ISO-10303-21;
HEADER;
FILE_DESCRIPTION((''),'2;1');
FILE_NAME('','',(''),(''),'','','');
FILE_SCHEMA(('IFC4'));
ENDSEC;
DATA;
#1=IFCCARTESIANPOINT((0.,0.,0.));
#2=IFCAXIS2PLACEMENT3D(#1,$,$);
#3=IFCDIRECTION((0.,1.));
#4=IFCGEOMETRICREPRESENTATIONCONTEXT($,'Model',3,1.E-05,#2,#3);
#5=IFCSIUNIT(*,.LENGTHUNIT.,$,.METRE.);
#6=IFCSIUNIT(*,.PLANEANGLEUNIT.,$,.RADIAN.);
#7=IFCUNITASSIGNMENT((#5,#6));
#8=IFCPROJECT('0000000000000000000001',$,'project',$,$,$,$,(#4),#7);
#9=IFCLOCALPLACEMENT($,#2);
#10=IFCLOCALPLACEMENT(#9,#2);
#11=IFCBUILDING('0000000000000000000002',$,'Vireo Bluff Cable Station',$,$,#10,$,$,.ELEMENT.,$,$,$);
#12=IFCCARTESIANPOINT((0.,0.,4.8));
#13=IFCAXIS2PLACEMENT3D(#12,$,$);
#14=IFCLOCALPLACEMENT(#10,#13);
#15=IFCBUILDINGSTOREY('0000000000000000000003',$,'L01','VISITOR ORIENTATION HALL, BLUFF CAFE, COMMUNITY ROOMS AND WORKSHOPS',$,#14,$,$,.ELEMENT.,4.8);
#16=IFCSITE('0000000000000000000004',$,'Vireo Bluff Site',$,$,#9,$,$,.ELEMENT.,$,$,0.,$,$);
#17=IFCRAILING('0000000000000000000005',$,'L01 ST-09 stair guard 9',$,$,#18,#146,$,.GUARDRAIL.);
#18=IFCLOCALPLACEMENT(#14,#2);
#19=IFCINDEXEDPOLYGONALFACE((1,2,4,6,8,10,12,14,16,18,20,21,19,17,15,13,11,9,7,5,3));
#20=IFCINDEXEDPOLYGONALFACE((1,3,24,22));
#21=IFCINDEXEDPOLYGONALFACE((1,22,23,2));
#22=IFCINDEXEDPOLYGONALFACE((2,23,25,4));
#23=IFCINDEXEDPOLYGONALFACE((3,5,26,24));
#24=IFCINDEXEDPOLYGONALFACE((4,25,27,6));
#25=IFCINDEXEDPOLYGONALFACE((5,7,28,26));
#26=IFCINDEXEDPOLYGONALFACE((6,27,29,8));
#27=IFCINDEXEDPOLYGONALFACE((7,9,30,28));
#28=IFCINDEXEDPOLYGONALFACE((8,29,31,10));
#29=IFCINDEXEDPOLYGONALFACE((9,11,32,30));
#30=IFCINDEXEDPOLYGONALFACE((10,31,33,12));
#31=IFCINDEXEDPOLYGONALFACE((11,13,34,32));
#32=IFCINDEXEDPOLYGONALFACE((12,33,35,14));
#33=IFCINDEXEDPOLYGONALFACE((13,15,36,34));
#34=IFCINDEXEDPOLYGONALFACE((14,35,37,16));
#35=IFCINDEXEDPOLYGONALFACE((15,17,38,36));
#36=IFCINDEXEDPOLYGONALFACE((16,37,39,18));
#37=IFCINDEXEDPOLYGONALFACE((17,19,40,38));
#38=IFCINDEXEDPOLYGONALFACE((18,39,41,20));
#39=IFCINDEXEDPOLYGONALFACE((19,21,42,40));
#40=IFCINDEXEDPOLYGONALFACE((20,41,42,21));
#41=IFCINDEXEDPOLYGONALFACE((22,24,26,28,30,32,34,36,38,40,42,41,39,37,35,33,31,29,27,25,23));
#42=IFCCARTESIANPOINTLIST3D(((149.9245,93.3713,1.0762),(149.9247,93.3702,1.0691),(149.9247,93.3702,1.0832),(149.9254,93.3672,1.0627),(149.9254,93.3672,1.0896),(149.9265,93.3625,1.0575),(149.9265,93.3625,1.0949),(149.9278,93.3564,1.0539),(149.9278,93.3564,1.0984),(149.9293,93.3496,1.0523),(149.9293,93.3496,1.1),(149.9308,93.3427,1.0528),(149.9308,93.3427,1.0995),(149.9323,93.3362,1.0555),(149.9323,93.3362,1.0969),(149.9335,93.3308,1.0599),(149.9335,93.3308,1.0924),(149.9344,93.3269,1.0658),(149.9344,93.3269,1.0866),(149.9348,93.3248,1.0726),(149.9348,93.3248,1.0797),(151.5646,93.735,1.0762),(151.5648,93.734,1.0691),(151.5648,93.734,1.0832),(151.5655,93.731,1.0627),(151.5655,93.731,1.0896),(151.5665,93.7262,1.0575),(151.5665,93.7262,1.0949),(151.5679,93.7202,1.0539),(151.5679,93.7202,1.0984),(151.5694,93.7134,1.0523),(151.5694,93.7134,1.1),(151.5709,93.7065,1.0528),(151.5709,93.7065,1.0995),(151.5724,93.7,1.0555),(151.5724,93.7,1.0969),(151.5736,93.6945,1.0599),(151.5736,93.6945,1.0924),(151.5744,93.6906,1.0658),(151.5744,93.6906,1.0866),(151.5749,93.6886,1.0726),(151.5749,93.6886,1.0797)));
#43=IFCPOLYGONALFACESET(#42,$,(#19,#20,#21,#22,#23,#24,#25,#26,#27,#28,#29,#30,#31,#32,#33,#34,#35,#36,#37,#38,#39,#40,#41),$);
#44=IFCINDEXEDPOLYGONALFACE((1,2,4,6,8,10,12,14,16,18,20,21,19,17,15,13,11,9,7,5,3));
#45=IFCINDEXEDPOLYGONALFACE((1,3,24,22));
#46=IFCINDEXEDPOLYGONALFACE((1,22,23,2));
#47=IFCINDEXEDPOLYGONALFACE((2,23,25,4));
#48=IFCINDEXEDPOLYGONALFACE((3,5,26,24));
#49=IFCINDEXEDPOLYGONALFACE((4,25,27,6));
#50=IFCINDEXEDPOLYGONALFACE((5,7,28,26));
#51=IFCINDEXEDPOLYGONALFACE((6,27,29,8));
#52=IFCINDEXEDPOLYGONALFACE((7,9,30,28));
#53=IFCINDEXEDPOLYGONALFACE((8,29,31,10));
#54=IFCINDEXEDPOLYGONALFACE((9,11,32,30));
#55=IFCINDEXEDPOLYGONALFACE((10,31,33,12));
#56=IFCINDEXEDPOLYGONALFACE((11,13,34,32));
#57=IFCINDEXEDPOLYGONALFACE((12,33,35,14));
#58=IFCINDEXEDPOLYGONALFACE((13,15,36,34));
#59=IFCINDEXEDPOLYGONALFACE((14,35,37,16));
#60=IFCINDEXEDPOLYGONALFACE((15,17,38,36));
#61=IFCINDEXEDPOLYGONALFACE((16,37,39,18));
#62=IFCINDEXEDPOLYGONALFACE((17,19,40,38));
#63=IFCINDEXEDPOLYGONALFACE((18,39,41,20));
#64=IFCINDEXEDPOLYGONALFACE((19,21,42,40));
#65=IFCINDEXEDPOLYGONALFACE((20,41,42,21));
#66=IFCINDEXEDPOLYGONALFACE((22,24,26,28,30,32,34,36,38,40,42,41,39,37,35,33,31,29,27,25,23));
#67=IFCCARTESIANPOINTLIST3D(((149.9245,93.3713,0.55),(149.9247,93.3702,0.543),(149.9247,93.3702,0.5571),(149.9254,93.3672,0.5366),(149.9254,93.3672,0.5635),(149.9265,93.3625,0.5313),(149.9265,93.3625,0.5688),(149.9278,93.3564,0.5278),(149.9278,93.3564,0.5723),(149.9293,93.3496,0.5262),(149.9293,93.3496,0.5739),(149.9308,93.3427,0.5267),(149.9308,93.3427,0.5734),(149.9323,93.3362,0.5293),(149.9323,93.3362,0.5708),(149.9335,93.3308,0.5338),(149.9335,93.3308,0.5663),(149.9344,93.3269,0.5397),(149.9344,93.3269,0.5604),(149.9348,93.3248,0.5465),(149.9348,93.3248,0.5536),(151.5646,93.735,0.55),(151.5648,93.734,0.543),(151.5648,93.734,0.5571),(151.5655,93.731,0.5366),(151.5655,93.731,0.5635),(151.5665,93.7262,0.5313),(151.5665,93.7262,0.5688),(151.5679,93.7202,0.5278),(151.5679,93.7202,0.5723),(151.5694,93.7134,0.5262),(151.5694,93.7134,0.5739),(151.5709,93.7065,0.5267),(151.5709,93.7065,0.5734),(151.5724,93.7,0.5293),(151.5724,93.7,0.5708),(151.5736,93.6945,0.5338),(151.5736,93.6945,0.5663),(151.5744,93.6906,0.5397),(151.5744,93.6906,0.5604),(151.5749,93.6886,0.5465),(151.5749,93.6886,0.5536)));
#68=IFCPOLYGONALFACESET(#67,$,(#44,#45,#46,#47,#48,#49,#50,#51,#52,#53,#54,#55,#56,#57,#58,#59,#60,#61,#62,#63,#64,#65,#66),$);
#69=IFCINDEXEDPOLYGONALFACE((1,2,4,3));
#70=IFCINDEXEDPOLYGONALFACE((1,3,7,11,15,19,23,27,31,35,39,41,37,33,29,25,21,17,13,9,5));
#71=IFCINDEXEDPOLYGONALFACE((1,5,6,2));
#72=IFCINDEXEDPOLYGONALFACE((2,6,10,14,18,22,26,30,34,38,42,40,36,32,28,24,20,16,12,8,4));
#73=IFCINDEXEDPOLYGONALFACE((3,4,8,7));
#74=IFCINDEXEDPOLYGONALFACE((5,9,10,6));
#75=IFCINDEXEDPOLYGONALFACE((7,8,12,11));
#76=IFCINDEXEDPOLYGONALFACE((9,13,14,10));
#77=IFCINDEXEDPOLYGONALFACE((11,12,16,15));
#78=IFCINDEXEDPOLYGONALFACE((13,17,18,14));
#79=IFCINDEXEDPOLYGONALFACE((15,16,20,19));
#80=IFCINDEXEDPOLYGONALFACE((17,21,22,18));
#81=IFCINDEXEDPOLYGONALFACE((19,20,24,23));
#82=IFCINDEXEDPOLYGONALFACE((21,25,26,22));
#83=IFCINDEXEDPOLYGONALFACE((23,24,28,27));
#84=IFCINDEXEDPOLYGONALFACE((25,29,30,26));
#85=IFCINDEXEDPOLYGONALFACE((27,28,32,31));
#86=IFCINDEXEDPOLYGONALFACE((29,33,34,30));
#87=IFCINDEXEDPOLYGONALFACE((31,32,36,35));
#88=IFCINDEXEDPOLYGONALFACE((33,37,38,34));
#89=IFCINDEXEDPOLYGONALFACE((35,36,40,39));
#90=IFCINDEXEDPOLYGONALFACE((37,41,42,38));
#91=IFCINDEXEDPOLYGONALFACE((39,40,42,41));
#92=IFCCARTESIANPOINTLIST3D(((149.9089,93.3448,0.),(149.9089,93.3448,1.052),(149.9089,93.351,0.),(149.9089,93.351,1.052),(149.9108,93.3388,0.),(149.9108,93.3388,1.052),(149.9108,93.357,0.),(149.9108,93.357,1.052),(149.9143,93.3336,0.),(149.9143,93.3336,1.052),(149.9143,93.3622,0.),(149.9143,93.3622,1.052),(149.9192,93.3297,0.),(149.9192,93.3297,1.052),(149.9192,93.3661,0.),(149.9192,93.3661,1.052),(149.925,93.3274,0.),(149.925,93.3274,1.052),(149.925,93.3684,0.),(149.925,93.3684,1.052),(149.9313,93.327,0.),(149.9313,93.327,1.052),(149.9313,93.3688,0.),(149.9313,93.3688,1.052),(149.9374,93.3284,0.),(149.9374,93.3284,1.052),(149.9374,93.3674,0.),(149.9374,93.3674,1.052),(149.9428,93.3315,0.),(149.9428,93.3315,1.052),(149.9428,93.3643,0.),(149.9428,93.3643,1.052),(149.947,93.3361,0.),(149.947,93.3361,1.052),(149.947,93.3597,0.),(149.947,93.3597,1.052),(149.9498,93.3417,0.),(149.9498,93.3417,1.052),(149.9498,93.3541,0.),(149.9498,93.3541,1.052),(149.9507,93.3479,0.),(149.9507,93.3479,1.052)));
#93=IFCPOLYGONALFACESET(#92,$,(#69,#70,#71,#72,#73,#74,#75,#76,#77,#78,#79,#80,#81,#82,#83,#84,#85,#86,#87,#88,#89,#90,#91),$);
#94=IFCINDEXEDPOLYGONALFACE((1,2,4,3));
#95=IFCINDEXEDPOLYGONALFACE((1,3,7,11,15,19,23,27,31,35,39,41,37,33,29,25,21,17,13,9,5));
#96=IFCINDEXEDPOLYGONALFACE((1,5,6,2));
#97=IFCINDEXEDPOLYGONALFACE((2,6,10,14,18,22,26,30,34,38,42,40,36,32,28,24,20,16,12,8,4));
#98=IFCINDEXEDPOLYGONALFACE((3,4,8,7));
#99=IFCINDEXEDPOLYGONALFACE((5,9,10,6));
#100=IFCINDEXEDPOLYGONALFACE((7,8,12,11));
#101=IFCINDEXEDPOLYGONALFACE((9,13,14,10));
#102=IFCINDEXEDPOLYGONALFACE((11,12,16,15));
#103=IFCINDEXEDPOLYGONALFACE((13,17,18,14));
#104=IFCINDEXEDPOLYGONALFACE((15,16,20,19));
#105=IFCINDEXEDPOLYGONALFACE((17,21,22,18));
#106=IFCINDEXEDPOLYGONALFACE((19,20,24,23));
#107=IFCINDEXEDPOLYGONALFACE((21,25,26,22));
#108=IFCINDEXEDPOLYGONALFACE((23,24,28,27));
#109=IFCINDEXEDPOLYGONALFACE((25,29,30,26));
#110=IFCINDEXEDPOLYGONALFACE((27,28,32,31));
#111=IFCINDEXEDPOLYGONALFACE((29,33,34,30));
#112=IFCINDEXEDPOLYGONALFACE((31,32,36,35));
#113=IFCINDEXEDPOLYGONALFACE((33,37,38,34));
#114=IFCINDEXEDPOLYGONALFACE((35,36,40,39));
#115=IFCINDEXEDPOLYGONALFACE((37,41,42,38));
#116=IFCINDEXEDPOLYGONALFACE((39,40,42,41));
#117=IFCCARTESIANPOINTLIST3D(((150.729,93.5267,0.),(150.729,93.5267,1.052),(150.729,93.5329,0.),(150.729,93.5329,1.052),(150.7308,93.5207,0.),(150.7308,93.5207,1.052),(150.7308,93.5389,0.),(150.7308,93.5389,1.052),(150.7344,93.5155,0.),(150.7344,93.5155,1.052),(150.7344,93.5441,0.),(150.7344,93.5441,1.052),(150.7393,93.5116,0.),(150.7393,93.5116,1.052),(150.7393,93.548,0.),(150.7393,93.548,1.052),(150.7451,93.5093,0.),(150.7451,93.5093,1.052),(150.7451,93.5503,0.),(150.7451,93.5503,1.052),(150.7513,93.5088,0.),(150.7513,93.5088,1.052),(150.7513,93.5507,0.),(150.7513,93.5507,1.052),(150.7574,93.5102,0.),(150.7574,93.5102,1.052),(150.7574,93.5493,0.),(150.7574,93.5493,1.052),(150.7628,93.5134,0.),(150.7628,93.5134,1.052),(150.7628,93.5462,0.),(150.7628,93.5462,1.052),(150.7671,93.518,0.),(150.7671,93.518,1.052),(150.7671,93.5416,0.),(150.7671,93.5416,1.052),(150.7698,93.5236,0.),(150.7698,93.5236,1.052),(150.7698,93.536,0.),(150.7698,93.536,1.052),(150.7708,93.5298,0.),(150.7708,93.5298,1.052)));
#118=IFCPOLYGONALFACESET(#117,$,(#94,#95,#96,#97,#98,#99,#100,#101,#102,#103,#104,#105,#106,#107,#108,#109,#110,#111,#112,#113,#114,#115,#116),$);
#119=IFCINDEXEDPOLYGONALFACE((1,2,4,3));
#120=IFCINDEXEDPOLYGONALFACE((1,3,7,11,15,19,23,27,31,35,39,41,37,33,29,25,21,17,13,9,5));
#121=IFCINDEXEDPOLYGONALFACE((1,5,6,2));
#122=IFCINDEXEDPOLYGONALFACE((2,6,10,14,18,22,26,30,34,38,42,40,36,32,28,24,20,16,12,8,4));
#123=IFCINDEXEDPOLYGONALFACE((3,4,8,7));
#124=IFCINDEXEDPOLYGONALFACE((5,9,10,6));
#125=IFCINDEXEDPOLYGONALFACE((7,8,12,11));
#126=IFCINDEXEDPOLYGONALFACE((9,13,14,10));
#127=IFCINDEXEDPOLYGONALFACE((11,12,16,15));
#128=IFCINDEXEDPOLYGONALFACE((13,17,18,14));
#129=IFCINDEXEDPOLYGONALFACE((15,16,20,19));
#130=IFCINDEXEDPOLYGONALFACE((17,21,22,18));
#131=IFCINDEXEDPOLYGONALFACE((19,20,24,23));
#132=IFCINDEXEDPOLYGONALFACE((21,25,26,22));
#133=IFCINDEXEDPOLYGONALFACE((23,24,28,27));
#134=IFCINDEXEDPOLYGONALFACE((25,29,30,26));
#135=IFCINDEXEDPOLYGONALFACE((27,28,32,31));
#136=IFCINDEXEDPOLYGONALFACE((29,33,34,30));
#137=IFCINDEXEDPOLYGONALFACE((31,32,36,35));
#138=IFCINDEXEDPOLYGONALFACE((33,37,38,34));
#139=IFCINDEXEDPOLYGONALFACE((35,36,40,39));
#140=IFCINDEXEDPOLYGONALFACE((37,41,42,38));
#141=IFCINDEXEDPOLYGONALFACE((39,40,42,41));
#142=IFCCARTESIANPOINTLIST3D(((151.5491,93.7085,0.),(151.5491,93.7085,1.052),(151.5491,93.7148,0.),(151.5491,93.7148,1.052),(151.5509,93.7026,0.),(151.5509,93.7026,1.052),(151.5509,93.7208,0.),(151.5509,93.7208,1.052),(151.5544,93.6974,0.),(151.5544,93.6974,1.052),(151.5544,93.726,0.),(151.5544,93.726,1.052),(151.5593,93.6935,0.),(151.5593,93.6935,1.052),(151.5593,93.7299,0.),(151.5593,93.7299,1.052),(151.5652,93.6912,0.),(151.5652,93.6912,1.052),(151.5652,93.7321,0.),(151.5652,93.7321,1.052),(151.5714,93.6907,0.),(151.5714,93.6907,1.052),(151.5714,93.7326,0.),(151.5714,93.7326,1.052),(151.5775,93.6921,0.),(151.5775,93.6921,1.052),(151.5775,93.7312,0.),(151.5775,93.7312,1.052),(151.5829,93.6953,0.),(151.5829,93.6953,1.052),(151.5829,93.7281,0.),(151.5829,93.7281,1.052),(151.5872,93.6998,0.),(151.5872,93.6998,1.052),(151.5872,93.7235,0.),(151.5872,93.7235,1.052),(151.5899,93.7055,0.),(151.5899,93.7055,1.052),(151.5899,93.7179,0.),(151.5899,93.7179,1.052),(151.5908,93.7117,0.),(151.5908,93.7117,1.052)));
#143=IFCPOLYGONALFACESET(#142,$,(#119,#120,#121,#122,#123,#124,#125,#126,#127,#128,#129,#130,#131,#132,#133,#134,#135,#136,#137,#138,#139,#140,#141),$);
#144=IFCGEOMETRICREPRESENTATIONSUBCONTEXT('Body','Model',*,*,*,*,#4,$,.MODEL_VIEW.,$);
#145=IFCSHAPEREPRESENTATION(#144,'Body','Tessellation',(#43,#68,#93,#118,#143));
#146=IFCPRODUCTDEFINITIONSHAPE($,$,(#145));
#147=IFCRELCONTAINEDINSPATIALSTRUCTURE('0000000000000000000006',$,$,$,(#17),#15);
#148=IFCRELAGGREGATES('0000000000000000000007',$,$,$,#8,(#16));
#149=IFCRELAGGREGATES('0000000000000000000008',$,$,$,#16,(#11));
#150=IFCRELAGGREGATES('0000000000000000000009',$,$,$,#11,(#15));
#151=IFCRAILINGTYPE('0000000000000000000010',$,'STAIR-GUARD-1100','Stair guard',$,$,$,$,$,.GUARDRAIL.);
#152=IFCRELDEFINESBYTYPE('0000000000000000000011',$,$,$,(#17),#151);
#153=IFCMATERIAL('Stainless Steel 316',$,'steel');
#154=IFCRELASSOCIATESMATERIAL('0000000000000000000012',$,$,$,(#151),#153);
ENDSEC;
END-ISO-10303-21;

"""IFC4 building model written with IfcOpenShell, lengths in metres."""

from ifc_helpers import new_model, si_unit, direction, frame, origin, origin_2d, place, context, subcontext, project, spatial, circle, extrude, material, type_object, element, save


model = new_model("IFC4")

# Units and contexts
model_context = context("Model", 3, precision=1e-05, world=origin(), true_north=direction((0.0, 1.0)))
body_context = subcontext(model_context, "Body", "Model", "MODEL_VIEW")
ifc_project = project(units=[si_unit("LENGTHUNIT", "METRE"), si_unit("PLANEANGLEUNIT", "RADIAN")], contexts=[model_context])

# Site, building, storey
site_placement = place(None, origin())
site = spatial("IfcSite", under=ifc_project, at=site_placement, Name="Vireo Bluff Site", CompositionType="ELEMENT", RefElevation=0.0)
building_placement = place(site_placement, origin())
building = spatial("IfcBuilding", under=site, at=building_placement, Name="Vireo Bluff Cable Station", CompositionType="ELEMENT")
storey_placement = place(building_placement, frame((0.0, 0.0, 4.8)))
storey = spatial("IfcBuildingStorey", under=building, at=storey_placement, Name="L01", Description="VISITOR ORIENTATION HALL, BLUFF CAFE, COMMUNITY ROOMS AND WORKSHOPS", CompositionType="ELEMENT", Elevation=4.8)

# Railing
ifc_material_1 = material(Name="Stainless Steel 316", Category="steel")
railing_type_1 = type_object("IfcRailingType", Name="STAIR-GUARD-1100", Description="Stair guard", PredefinedType="GUARDRAIL", material=ifc_material_1)
railing_1_placement = place(storey_placement, frame((149.9297, 93.3479, 0.0)))
element("IfcRailing", 1, at=railing_1_placement, inside=storey, type_object=railing_type_1, Name="L01 ST-09 stair guard 9", PredefinedType="GUARDRAIL", context=body_context, shape_type="SweptSolid", body=[
    extrude(circle(Radius=0.0239, at=origin_2d()), frame((0.0, 0.0, 1.0762), z_axis=(0.976276, 0.21653, 0.0), x_axis=(-0.21653, 0.976276, 0.0)), (0.0, 0.0, 1.0), 1.6799),
    extrude(circle(Radius=0.0239, at=origin_2d()), frame((0.0, 0.0, 0.55), z_axis=(0.976276, 0.21653, 0.0), x_axis=(-0.21653, 0.976276, 0.0)), (0.0, 0.0, 1.0), 1.6799),
    extrude(circle(Radius=0.021, at=origin_2d()), origin(), (0.0, 0.0, 1.0), 1.052),
    extrude(circle(Radius=0.021, at=origin_2d()), frame((0.8201, 0.1819, 0.0)), (0.0, 0.0, 1.0), 1.052),
    extrude(circle(Radius=0.021, at=origin_2d()), frame((1.6401, 0.3638, 0.0)), (0.0, 0.0, 1.0), 1.052),
])

save(model, "model.ifc")
